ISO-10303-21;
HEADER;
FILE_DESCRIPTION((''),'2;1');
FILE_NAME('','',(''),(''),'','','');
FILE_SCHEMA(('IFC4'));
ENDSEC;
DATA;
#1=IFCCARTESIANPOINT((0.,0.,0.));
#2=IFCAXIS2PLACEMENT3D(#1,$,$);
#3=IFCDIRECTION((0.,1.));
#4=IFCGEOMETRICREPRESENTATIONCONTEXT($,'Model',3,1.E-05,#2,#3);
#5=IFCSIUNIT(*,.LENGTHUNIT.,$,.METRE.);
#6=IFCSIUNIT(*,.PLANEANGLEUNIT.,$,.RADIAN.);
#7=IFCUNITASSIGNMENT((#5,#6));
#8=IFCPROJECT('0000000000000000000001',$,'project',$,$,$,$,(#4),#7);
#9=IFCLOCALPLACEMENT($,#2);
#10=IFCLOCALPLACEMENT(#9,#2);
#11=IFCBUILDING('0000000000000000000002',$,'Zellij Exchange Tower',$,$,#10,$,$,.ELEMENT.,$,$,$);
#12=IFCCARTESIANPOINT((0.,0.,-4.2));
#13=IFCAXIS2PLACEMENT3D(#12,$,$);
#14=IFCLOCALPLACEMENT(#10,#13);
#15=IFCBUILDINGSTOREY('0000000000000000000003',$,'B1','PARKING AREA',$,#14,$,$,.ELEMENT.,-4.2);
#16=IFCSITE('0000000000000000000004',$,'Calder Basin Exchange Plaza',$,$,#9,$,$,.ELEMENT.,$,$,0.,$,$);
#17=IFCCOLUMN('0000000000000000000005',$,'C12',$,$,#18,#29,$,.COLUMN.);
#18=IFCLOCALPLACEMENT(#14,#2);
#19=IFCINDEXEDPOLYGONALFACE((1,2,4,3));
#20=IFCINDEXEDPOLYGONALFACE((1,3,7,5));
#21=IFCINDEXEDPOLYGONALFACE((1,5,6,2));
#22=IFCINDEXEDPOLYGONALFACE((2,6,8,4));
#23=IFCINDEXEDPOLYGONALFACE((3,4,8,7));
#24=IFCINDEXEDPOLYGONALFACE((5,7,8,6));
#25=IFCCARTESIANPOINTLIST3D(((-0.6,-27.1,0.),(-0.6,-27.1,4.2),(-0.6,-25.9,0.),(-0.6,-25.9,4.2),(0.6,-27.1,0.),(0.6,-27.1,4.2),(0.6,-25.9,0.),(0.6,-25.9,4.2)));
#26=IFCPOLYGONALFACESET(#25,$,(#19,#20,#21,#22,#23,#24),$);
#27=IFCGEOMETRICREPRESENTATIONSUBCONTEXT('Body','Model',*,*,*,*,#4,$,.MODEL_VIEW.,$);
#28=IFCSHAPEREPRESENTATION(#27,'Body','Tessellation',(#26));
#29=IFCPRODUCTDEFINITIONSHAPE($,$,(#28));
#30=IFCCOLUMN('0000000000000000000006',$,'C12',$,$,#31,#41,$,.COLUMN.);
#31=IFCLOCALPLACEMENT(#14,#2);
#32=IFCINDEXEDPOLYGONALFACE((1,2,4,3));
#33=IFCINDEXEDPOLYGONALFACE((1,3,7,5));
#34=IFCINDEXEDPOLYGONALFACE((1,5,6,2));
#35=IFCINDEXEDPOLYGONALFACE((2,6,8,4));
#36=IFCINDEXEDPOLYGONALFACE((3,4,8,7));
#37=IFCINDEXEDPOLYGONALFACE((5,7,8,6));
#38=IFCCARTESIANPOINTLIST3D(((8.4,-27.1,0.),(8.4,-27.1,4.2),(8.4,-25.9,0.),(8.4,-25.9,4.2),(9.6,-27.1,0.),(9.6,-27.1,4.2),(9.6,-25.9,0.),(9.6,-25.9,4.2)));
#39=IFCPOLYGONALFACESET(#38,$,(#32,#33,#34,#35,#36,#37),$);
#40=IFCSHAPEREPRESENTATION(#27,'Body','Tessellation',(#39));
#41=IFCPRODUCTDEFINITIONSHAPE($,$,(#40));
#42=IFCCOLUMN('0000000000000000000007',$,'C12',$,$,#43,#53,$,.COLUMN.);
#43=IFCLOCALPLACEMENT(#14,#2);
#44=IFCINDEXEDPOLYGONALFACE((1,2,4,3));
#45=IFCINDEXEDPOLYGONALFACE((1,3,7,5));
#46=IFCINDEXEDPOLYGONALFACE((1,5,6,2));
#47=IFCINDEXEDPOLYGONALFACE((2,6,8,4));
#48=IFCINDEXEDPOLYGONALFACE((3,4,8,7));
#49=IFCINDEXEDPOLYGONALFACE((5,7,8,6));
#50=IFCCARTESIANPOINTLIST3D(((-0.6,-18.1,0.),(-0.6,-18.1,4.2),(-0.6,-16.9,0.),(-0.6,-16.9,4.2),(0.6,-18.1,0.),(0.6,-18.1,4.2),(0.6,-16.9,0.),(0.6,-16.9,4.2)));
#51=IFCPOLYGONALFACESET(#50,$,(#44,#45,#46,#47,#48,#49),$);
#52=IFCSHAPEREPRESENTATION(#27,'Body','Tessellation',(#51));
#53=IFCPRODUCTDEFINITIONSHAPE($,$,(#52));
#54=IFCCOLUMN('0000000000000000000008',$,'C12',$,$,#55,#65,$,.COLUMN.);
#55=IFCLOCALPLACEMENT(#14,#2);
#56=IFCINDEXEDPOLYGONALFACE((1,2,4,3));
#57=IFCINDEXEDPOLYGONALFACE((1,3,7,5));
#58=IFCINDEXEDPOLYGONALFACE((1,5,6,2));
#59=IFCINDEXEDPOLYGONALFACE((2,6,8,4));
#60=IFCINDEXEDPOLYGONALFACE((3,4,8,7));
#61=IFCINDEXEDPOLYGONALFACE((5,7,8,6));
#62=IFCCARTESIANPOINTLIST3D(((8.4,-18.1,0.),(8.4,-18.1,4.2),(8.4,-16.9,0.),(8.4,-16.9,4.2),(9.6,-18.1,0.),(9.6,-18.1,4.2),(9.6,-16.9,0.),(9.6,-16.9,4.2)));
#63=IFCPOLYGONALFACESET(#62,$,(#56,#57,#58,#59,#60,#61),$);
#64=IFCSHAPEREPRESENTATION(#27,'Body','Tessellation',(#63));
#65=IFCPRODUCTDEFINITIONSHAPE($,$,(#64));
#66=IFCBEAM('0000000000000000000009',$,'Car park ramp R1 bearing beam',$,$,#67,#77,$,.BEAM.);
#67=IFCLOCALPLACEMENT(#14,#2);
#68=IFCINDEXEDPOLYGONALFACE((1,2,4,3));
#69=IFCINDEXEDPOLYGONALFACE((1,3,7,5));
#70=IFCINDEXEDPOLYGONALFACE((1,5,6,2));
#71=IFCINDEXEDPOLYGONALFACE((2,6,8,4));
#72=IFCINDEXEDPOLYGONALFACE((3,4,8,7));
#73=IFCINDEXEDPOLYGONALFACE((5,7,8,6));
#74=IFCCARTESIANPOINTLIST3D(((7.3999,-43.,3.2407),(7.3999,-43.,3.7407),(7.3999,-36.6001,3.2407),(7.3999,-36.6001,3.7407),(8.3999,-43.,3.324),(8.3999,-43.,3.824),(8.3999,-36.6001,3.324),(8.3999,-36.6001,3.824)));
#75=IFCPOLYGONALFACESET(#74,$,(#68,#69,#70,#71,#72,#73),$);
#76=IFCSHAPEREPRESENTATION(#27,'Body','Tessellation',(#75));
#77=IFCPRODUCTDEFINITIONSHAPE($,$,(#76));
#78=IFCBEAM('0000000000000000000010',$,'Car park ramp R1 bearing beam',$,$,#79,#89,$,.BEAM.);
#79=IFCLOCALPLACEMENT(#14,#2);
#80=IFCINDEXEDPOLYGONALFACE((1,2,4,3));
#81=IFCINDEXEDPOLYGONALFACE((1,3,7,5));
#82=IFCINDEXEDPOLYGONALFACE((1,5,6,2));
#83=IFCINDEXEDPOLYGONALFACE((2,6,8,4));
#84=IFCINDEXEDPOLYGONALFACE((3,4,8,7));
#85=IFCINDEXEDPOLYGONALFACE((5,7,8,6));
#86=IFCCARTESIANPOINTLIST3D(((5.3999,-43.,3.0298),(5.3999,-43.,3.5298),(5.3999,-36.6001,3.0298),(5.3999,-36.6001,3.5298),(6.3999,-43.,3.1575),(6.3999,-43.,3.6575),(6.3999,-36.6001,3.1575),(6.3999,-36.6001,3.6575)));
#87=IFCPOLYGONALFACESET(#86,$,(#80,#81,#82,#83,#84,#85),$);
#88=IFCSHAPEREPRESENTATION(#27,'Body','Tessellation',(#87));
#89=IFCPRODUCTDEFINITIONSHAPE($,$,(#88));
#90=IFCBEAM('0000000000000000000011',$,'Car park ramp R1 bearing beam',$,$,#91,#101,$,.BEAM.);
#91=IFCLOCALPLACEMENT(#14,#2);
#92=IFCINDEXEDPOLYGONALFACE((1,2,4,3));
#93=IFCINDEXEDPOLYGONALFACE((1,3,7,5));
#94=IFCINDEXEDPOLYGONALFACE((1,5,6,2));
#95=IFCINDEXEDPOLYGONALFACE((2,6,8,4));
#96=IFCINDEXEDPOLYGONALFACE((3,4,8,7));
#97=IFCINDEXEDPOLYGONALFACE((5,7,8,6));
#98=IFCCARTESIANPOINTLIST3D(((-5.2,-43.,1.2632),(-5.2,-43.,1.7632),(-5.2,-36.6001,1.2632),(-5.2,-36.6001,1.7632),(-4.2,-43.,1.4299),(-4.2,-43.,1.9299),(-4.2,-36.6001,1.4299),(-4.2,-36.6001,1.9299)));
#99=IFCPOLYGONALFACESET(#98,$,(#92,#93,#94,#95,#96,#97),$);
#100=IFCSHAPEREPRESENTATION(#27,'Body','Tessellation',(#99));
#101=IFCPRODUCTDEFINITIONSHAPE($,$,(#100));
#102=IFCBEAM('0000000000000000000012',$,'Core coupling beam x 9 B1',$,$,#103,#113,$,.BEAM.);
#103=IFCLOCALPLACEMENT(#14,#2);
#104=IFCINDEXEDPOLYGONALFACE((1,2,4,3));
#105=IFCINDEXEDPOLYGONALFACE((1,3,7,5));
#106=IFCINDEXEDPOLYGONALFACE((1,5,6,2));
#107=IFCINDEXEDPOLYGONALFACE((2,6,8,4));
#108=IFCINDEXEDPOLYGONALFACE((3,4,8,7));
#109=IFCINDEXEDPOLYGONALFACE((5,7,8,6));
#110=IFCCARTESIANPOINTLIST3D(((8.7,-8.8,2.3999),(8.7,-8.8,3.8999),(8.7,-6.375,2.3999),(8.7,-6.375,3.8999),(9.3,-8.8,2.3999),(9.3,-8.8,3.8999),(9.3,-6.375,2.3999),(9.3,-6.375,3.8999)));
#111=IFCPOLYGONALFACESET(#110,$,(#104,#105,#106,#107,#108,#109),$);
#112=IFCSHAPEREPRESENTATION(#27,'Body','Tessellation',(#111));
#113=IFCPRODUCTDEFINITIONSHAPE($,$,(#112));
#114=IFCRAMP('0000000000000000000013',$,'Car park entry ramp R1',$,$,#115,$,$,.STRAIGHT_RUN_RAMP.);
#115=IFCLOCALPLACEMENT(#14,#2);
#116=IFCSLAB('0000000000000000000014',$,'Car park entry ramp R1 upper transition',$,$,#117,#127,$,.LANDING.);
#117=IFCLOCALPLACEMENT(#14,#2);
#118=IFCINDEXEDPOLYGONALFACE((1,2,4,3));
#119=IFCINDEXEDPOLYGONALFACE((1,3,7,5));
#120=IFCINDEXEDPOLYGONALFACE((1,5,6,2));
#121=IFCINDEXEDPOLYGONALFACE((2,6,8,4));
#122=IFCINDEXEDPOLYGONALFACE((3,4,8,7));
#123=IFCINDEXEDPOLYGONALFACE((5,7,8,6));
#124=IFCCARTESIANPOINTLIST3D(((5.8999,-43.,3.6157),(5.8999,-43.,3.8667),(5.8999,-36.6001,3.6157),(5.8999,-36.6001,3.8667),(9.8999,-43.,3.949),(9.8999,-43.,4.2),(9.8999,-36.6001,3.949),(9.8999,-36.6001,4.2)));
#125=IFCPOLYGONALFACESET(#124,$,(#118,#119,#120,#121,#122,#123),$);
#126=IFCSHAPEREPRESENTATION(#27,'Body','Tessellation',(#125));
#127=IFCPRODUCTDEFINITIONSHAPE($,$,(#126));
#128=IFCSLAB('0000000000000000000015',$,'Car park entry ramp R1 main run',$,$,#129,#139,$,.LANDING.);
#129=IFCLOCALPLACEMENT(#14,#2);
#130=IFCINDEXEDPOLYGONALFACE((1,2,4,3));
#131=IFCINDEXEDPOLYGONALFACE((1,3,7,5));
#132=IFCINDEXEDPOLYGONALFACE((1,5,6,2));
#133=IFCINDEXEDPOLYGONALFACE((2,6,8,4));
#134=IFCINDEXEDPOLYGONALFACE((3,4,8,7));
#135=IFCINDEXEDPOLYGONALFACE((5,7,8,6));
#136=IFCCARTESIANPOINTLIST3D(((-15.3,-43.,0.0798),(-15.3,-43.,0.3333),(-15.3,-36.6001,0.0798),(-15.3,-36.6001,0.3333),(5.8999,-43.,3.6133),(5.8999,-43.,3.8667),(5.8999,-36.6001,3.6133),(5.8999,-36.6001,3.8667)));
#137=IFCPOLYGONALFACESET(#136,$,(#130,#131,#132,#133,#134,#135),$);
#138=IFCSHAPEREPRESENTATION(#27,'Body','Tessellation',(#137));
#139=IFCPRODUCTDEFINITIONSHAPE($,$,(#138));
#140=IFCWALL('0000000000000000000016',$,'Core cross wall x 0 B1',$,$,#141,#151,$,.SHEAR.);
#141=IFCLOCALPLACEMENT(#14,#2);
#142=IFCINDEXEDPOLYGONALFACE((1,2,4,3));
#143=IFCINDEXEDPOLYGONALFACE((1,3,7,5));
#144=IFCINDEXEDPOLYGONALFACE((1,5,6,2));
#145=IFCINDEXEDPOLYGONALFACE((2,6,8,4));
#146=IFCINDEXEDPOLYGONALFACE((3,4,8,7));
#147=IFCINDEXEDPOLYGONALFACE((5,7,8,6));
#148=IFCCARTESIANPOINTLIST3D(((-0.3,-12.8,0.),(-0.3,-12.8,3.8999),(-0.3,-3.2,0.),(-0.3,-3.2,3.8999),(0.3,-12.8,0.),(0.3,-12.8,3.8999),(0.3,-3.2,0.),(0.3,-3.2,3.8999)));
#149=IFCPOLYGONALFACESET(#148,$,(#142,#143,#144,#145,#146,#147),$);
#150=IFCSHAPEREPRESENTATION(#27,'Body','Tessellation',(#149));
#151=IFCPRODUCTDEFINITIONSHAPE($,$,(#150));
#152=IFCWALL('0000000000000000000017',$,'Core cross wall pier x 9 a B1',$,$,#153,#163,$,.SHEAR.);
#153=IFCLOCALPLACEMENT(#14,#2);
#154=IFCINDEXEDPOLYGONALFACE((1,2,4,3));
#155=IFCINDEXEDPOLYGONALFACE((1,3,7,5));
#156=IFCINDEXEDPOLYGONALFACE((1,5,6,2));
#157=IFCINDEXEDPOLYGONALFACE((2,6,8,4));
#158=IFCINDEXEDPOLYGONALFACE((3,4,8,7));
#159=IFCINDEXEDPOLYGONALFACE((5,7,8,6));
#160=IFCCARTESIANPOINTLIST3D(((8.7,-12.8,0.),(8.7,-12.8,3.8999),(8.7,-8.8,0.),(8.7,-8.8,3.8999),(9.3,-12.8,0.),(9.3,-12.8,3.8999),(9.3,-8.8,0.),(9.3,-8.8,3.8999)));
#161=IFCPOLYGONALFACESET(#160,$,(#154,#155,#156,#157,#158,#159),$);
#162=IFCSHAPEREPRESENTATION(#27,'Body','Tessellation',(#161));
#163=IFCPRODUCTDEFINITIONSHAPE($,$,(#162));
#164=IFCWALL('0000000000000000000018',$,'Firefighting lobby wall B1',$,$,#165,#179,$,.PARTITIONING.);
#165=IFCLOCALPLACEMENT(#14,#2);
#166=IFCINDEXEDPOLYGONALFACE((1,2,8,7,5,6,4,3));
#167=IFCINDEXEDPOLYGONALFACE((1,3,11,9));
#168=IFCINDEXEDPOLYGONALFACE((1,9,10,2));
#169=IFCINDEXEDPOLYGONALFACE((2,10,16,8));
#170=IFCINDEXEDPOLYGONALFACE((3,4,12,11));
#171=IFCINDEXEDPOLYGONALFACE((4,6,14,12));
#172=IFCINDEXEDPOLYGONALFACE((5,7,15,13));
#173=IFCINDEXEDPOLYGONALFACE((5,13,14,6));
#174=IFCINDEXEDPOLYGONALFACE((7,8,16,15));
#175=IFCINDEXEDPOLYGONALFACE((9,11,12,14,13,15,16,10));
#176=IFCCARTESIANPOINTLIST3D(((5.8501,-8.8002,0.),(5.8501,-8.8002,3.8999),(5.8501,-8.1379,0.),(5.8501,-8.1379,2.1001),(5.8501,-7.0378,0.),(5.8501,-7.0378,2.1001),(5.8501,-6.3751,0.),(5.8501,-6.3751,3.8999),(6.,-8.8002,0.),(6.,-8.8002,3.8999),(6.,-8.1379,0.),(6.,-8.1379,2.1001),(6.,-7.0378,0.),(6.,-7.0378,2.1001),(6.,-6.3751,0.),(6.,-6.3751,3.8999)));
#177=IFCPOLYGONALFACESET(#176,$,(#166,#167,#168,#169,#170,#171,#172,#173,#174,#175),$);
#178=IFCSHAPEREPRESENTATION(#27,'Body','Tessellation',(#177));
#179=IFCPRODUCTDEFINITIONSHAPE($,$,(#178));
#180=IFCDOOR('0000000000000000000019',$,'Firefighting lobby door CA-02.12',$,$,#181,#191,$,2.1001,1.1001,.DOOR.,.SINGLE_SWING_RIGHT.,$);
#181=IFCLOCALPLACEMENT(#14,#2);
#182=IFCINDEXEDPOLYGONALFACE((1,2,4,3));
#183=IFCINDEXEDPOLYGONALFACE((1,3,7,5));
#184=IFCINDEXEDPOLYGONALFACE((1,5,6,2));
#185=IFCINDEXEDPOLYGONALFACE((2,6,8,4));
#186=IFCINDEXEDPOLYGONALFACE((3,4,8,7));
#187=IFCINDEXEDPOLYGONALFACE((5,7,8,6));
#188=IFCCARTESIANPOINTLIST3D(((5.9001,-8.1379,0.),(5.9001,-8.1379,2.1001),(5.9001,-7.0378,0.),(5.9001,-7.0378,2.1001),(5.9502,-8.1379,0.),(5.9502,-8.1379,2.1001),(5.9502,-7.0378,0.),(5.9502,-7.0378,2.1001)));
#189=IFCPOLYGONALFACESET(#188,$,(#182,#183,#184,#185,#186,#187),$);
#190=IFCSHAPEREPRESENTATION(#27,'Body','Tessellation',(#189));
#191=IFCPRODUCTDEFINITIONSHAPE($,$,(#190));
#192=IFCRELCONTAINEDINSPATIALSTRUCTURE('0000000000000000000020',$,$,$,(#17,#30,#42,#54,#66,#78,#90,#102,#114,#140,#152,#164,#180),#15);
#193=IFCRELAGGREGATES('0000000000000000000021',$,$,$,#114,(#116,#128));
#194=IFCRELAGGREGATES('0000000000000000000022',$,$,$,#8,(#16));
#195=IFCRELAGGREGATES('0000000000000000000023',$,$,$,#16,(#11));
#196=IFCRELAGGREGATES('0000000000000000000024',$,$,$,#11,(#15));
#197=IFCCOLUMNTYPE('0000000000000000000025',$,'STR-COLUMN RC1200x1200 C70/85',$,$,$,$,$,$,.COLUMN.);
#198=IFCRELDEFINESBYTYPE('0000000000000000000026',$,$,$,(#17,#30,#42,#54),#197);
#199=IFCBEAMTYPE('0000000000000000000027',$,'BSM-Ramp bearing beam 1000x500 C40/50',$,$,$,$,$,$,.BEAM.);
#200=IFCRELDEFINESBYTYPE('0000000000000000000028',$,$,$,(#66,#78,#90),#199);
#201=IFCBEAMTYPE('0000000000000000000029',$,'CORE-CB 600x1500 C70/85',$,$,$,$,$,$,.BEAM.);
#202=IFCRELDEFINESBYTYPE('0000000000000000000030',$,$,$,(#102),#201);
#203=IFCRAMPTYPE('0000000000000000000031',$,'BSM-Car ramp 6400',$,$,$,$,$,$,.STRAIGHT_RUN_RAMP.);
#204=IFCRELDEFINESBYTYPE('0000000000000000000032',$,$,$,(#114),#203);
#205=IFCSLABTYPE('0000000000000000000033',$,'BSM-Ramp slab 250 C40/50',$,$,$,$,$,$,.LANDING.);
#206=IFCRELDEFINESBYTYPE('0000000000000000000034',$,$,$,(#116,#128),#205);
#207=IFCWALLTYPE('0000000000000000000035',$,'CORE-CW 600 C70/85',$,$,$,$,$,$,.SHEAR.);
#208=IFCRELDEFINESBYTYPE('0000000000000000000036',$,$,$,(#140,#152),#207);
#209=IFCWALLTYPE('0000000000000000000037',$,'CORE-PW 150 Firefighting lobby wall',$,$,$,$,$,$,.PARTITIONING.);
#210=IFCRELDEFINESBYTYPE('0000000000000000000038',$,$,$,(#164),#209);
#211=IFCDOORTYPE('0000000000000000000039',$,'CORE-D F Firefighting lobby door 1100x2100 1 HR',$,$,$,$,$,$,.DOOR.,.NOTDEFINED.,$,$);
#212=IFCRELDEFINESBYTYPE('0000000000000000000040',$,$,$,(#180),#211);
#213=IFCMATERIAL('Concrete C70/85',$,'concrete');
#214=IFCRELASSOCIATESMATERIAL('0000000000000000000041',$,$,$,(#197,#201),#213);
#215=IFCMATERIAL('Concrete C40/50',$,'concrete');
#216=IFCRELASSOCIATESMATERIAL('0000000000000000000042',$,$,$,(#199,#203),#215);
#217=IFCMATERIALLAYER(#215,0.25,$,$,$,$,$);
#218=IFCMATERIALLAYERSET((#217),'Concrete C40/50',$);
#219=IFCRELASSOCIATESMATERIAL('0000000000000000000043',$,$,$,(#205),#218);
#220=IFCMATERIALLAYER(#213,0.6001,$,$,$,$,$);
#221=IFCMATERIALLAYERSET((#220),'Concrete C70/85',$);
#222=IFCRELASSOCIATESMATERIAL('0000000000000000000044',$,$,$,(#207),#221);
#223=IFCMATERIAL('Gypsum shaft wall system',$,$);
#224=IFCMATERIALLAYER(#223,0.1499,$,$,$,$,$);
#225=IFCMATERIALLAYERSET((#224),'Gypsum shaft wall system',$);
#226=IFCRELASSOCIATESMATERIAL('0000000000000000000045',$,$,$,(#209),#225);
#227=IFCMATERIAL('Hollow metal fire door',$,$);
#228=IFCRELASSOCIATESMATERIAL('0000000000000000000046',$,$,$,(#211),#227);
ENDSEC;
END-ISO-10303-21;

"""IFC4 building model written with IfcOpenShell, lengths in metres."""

from ifc_helpers import new_model, si_unit, direction, frame, frame_2d, origin, origin_2d, place, context, subcontext, project, spatial, polyline, rectangle, outline, extrude, material, layer, layer_set, material_profile, profile_set, type_object, element, fill, aggregate, save


model = new_model("IFC4")

# Units and contexts
model_context = context("Model", 3, precision=1e-05, world=origin(), true_north=direction((0.0, 1.0)))
body_context = subcontext(model_context, "Body", "Model", "MODEL_VIEW")
ifc_project = project(units=[si_unit("LENGTHUNIT", "METRE"), si_unit("PLANEANGLEUNIT", "RADIAN")], contexts=[model_context])

# Site, building, storey
site_placement = place(None, origin())
site = spatial("IfcSite", under=ifc_project, at=site_placement, Name="Calder Basin Exchange Plaza", CompositionType="ELEMENT", RefElevation=0.0)
building_placement = place(site_placement, origin())
building = spatial("IfcBuilding", under=site, at=building_placement, Name="Zellij Exchange Tower", CompositionType="ELEMENT")
storey_placement = place(building_placement, frame((0.0, 0.0, -4.2)))
storey = spatial("IfcBuildingStorey", under=building, at=storey_placement, Name="B1", Description="PARKING AREA", CompositionType="ELEMENT", Elevation=-4.2)

# Columns
ifc_material_1 = material(Name="Concrete C70/85", Category="concrete")
ifc_material_profile_1 = material_profile(ifc_material_1, rectangle(XDim=1.2, YDim=1.2, at=origin_2d()), Name="STR-COLUMN RC1200x1200 C70/85")
ifc_profile_set_1 = profile_set([ifc_material_profile_1], Name="Concrete C70/85")
column_type = type_object("IfcColumnType", Name="STR-COLUMN RC1200x1200 C70/85", PredefinedType="COLUMN", material=ifc_profile_set_1)
for number, where, z_axis, x_axis, name in (
    (1, (0.0, -26.5, 0.0), (0.0, 0.0, 1.0), (1.0, 0.0, 0.0), "C12"),
    (2, (9.0, -26.5, 0.0), (0.0, 0.0, 1.0), (1.0, 0.0, 0.0), "C12"),
    (3, (0.0, -17.5, 0.0), (0.0, 0.0, 1.0), (1.0, 0.0, 0.0), "C12"),
    (4, (9.0, -17.5, 0.0), (0.0, 0.0, 1.0), (1.0, 0.0, 0.0), "C12"),
):
    element("IfcColumn", number, at=place(storey_placement, frame(where, z_axis=z_axis, x_axis=x_axis)), inside=storey, type_object=column_type, Name=name, PredefinedType="COLUMN", context=body_context, shape_type="SweptSolid", body=[
        extrude(rectangle(XDim=1.2, YDim=1.2, at=origin_2d()), origin(), (0.0, 0.0, 1.0), 4.2),
    ])

# Beams
ifc_material_2 = material(Name="Concrete C40/50", Category="concrete")
beam_type_1 = type_object("IfcBeamType", Name="BSM-Ramp bearing beam 1000x500 C40/50", PredefinedType="BEAM", material=ifc_material_2)
beam_1_placement = place(storey_placement, frame((8.3999, -43.0, 3.824), z_axis=(-0.082965, 0.0, 0.996552), x_axis=(-0.996552, 0.0, -0.082965)))
element("IfcBeam", 5, at=beam_1_placement, inside=storey, type_object=beam_type_1, Name="Car park ramp R1 bearing beam", PredefinedType="BEAM", context=body_context, shape_type="SweptSolid", body=[
    extrude(outline(polyline([(0.0, 0.0), (1.0035, 0.0), (1.0035, -6.3999), (0.0, -6.3999), (0.0, 0.0)])), origin(), (0.082965, 0.0, -0.996552), 0.5),
])
beam_2_placement = place(storey_placement, frame((6.3999, -43.0, 3.6575), z_axis=(-0.126657, 0.0, 0.991947), x_axis=(-0.991947, 0.0, -0.126657)))
element("IfcBeam", 6, at=beam_2_placement, inside=storey, type_object=beam_type_1, Name="Car park ramp R1 bearing beam", PredefinedType="BEAM", context=body_context, shape_type="SweptSolid", body=[
    extrude(outline(polyline([(0.0, 0.0), (1.0081, 0.0), (1.0081, -6.3999), (0.0, -6.3999), (0.0, 0.0)])), origin(), (0.126657, 0.0, -0.991947), 0.5),
])
beam_3_placement = place(storey_placement, frame((-4.2, -43.0, 1.9299), z_axis=(-0.164477, 0.0, 0.986381), x_axis=(-0.986381, 0.0, -0.164477)))
element("IfcBeam", 7, at=beam_3_placement, inside=storey, type_object=beam_type_1, Name="Car park ramp R1 bearing beam", PredefinedType="BEAM", context=body_context, shape_type="SweptSolid", body=[
    extrude(outline(polyline([(0.0, 0.0), (1.0138, 0.0), (1.0138, -6.3999), (0.0, -6.3999), (0.0, 0.0)])), origin(), (0.164477, 0.0, -0.986381), 0.5),
])
ifc_material_profile_2 = material_profile(ifc_material_1, rectangle(XDim=0.6001, YDim=1.5, at=origin_2d()), Name="CORE-CB 600x1500 C70/85")
ifc_profile_set_2 = profile_set([ifc_material_profile_2], Name="Concrete C70/85")
beam_type_2 = type_object("IfcBeamType", Name="CORE-CB 600x1500 C70/85", PredefinedType="BEAM", material=ifc_profile_set_2)
beam_4_placement = place(storey_placement, frame((9.0, -8.8, 3.1499), z_axis=(0.0, 1.0, 0.0), x_axis=(-1.0, 0.0, 0.0)))
element("IfcBeam", 8, at=beam_4_placement, inside=storey, type_object=beam_type_2, Name="Core coupling beam x 9 B1", PredefinedType="BEAM", context=body_context, shape_type="SweptSolid", body=[
    extrude(rectangle(XDim=0.6001, YDim=1.5, at=origin_2d()), origin(), (0.0, 0.0, 1.0), 2.425),
])

# Ramp, slabs
ramp_type = type_object("IfcRampType", Name="BSM-Car ramp 6400", PredefinedType="STRAIGHT_RUN_RAMP", material=ifc_material_2)
ramp_placement = place(storey_placement, origin())
ramp = element("IfcRamp", 9, at=ramp_placement, inside=storey, type_object=ramp_type, Name="Car park entry ramp R1", PredefinedType="STRAIGHT_RUN_RAMP")
ifc_layer_1 = layer(ifc_material_2, 0.25)
ifc_layer_set_1 = layer_set([ifc_layer_1], Name="Concrete C40/50")
slab_type = type_object("IfcSlabType", Name="BSM-Ramp slab 250 C40/50", PredefinedType="LANDING", material=ifc_layer_set_1)
slab_1_placement = place(storey_placement, frame((9.8999, -43.0, 4.2), z_axis=(-0.083025, 0.0, 0.996547), x_axis=(-0.996547, 0.0, -0.083025)))
slab_1 = element("IfcSlab", 10, at=slab_1_placement, type_object=slab_type, Name="Car park entry ramp R1 upper transition", PredefinedType="LANDING", context=body_context, shape_type="SweptSolid", body=[
    extrude(outline(polyline([(0.0, 0.0), (4.0139, 0.0), (4.0139, -6.3999), (0.0, -6.3999), (0.0, 0.0)])), origin(), (0.083025, 0.0, -0.996547), 0.251),
])
slab_2_placement = place(storey_placement, frame((5.8999, -43.0, 3.8667), z_axis=(-0.164405, 0.0, 0.986393), x_axis=(-0.986393, 0.0, -0.164405)))
slab_2 = element("IfcSlab", 11, at=slab_2_placement, type_object=slab_type, Name="Car park entry ramp R1 main run", PredefinedType="LANDING", context=body_context, shape_type="SweptSolid", body=[
    extrude(outline(polyline([(0.0, 0.0), (21.4924, 0.0), (21.4924, -6.3999), (0.0, -6.3999), (0.0, 0.0)])), origin(), (0.164405, 0.0, -0.986393), 0.2534),
])
aggregate(ramp, [slab_1, slab_2])

# Walls
ifc_layer_2 = layer(ifc_material_1, 0.6001)
ifc_layer_set_2 = layer_set([ifc_layer_2], Name="Concrete C70/85")
wall_type_1 = type_object("IfcWallType", Name="CORE-CW 600 C70/85", PredefinedType="SHEAR", material=ifc_layer_set_2)
wall_1_placement = place(storey_placement, frame((0.0, -12.8, 0.0), z_axis=(0.0, 0.0, 1.0), x_axis=(0.0, 1.0, 0.0)))
element("IfcWall", 12, at=wall_1_placement, inside=storey, type_object=wall_type_1, Name="Core cross wall x 0 B1", PredefinedType="SHEAR", context=body_context, shape_type="SweptSolid", body=[
    extrude(rectangle(XDim=9.6001, YDim=0.6001, at=frame_2d((4.8, 0.0))), origin(), (0.0, 0.0, 1.0), 3.8999),
])
wall_2_placement = place(storey_placement, frame((9.0, -12.8, 0.0), z_axis=(0.0, 0.0, 1.0), x_axis=(0.0, 1.0, 0.0)))
element("IfcWall", 13, at=wall_2_placement, inside=storey, type_object=wall_type_1, Name="Core cross wall pier x 9 a B1", PredefinedType="SHEAR", context=body_context, shape_type="SweptSolid", body=[
    extrude(rectangle(XDim=4.0, YDim=0.6001, at=frame_2d((2.0, 0.0))), origin(), (0.0, 0.0, 1.0), 3.8999),
])

# Wall, opening, door
ifc_material_3 = material(Name="Gypsum shaft wall system")
ifc_layer_3 = layer(ifc_material_3, 0.1499)
ifc_layer_set_3 = layer_set([ifc_layer_3], Name="Gypsum shaft wall system")
wall_type_2 = type_object("IfcWallType", Name="CORE-PW 150 Firefighting lobby wall", PredefinedType="PARTITIONING", material=ifc_layer_set_3)
wall_3_placement = place(storey_placement, frame((5.925, -8.8, 0.0), z_axis=(0.0, 0.0, 1.0), x_axis=(0.0, 1.0, 0.0)))
wall_3 = element("IfcWall", 14, at=wall_3_placement, inside=storey, type_object=wall_type_2, Name="Firefighting lobby wall B1", PredefinedType="PARTITIONING", context=body_context, shape_type="SweptSolid", body=[
    extrude(rectangle(XDim=2.425, YDim=0.1499, at=frame_2d((1.2124, 0.0))), origin(), (0.0, 0.0, 1.0), 3.8999),
])
opening_1_placement = place(wall_3_placement, frame((0.6621, 0.0, 0.0)))
opening_1 = element("IfcOpeningElement", 15, at=opening_1_placement, cuts=wall_3, PredefinedType="OPENING", context=body_context, shape_type="SweptSolid", body=[
    extrude(rectangle(XDim=1.1001, YDim=2.1001, at=frame_2d((0.55, 1.05))), frame((0.0, 0.0869, 0.0), z_axis=(0.0, -1.0, 0.0), x_axis=(1.0, 0.0, 0.0)), (0.0, 0.0, 1.0), 0.1738),
])
ifc_material_4 = material(Name="Hollow metal fire door")
door_type_1 = type_object("IfcDoorType", Name="CORE-D F Firefighting lobby door 1100x2100 1 HR", OperationType="NOTDEFINED", PredefinedType="DOOR", material=ifc_material_4)
door_1_placement = place(opening_1_placement, origin())
door_1 = element("IfcDoor", 16, at=door_1_placement, inside=storey, type_object=door_type_1, Name="Firefighting lobby door CA-02.12", OperationType="SINGLE_SWING_RIGHT", OverallHeight=2.1001, OverallWidth=1.1001, PredefinedType="DOOR", context=body_context, shape_type="SweptSolid", body=[
    extrude(rectangle(XDim=1.1001, YDim=2.1001, at=frame_2d((0.55, 1.05))), frame((0.0, 0.0249, 0.0), z_axis=(0.0, -1.0, 0.0), x_axis=(1.0, 0.0, 0.0)), (0.0, 0.0, 1.0), 0.05),
])
fill(opening_1, door_1)

save(model, "model.ifc")
